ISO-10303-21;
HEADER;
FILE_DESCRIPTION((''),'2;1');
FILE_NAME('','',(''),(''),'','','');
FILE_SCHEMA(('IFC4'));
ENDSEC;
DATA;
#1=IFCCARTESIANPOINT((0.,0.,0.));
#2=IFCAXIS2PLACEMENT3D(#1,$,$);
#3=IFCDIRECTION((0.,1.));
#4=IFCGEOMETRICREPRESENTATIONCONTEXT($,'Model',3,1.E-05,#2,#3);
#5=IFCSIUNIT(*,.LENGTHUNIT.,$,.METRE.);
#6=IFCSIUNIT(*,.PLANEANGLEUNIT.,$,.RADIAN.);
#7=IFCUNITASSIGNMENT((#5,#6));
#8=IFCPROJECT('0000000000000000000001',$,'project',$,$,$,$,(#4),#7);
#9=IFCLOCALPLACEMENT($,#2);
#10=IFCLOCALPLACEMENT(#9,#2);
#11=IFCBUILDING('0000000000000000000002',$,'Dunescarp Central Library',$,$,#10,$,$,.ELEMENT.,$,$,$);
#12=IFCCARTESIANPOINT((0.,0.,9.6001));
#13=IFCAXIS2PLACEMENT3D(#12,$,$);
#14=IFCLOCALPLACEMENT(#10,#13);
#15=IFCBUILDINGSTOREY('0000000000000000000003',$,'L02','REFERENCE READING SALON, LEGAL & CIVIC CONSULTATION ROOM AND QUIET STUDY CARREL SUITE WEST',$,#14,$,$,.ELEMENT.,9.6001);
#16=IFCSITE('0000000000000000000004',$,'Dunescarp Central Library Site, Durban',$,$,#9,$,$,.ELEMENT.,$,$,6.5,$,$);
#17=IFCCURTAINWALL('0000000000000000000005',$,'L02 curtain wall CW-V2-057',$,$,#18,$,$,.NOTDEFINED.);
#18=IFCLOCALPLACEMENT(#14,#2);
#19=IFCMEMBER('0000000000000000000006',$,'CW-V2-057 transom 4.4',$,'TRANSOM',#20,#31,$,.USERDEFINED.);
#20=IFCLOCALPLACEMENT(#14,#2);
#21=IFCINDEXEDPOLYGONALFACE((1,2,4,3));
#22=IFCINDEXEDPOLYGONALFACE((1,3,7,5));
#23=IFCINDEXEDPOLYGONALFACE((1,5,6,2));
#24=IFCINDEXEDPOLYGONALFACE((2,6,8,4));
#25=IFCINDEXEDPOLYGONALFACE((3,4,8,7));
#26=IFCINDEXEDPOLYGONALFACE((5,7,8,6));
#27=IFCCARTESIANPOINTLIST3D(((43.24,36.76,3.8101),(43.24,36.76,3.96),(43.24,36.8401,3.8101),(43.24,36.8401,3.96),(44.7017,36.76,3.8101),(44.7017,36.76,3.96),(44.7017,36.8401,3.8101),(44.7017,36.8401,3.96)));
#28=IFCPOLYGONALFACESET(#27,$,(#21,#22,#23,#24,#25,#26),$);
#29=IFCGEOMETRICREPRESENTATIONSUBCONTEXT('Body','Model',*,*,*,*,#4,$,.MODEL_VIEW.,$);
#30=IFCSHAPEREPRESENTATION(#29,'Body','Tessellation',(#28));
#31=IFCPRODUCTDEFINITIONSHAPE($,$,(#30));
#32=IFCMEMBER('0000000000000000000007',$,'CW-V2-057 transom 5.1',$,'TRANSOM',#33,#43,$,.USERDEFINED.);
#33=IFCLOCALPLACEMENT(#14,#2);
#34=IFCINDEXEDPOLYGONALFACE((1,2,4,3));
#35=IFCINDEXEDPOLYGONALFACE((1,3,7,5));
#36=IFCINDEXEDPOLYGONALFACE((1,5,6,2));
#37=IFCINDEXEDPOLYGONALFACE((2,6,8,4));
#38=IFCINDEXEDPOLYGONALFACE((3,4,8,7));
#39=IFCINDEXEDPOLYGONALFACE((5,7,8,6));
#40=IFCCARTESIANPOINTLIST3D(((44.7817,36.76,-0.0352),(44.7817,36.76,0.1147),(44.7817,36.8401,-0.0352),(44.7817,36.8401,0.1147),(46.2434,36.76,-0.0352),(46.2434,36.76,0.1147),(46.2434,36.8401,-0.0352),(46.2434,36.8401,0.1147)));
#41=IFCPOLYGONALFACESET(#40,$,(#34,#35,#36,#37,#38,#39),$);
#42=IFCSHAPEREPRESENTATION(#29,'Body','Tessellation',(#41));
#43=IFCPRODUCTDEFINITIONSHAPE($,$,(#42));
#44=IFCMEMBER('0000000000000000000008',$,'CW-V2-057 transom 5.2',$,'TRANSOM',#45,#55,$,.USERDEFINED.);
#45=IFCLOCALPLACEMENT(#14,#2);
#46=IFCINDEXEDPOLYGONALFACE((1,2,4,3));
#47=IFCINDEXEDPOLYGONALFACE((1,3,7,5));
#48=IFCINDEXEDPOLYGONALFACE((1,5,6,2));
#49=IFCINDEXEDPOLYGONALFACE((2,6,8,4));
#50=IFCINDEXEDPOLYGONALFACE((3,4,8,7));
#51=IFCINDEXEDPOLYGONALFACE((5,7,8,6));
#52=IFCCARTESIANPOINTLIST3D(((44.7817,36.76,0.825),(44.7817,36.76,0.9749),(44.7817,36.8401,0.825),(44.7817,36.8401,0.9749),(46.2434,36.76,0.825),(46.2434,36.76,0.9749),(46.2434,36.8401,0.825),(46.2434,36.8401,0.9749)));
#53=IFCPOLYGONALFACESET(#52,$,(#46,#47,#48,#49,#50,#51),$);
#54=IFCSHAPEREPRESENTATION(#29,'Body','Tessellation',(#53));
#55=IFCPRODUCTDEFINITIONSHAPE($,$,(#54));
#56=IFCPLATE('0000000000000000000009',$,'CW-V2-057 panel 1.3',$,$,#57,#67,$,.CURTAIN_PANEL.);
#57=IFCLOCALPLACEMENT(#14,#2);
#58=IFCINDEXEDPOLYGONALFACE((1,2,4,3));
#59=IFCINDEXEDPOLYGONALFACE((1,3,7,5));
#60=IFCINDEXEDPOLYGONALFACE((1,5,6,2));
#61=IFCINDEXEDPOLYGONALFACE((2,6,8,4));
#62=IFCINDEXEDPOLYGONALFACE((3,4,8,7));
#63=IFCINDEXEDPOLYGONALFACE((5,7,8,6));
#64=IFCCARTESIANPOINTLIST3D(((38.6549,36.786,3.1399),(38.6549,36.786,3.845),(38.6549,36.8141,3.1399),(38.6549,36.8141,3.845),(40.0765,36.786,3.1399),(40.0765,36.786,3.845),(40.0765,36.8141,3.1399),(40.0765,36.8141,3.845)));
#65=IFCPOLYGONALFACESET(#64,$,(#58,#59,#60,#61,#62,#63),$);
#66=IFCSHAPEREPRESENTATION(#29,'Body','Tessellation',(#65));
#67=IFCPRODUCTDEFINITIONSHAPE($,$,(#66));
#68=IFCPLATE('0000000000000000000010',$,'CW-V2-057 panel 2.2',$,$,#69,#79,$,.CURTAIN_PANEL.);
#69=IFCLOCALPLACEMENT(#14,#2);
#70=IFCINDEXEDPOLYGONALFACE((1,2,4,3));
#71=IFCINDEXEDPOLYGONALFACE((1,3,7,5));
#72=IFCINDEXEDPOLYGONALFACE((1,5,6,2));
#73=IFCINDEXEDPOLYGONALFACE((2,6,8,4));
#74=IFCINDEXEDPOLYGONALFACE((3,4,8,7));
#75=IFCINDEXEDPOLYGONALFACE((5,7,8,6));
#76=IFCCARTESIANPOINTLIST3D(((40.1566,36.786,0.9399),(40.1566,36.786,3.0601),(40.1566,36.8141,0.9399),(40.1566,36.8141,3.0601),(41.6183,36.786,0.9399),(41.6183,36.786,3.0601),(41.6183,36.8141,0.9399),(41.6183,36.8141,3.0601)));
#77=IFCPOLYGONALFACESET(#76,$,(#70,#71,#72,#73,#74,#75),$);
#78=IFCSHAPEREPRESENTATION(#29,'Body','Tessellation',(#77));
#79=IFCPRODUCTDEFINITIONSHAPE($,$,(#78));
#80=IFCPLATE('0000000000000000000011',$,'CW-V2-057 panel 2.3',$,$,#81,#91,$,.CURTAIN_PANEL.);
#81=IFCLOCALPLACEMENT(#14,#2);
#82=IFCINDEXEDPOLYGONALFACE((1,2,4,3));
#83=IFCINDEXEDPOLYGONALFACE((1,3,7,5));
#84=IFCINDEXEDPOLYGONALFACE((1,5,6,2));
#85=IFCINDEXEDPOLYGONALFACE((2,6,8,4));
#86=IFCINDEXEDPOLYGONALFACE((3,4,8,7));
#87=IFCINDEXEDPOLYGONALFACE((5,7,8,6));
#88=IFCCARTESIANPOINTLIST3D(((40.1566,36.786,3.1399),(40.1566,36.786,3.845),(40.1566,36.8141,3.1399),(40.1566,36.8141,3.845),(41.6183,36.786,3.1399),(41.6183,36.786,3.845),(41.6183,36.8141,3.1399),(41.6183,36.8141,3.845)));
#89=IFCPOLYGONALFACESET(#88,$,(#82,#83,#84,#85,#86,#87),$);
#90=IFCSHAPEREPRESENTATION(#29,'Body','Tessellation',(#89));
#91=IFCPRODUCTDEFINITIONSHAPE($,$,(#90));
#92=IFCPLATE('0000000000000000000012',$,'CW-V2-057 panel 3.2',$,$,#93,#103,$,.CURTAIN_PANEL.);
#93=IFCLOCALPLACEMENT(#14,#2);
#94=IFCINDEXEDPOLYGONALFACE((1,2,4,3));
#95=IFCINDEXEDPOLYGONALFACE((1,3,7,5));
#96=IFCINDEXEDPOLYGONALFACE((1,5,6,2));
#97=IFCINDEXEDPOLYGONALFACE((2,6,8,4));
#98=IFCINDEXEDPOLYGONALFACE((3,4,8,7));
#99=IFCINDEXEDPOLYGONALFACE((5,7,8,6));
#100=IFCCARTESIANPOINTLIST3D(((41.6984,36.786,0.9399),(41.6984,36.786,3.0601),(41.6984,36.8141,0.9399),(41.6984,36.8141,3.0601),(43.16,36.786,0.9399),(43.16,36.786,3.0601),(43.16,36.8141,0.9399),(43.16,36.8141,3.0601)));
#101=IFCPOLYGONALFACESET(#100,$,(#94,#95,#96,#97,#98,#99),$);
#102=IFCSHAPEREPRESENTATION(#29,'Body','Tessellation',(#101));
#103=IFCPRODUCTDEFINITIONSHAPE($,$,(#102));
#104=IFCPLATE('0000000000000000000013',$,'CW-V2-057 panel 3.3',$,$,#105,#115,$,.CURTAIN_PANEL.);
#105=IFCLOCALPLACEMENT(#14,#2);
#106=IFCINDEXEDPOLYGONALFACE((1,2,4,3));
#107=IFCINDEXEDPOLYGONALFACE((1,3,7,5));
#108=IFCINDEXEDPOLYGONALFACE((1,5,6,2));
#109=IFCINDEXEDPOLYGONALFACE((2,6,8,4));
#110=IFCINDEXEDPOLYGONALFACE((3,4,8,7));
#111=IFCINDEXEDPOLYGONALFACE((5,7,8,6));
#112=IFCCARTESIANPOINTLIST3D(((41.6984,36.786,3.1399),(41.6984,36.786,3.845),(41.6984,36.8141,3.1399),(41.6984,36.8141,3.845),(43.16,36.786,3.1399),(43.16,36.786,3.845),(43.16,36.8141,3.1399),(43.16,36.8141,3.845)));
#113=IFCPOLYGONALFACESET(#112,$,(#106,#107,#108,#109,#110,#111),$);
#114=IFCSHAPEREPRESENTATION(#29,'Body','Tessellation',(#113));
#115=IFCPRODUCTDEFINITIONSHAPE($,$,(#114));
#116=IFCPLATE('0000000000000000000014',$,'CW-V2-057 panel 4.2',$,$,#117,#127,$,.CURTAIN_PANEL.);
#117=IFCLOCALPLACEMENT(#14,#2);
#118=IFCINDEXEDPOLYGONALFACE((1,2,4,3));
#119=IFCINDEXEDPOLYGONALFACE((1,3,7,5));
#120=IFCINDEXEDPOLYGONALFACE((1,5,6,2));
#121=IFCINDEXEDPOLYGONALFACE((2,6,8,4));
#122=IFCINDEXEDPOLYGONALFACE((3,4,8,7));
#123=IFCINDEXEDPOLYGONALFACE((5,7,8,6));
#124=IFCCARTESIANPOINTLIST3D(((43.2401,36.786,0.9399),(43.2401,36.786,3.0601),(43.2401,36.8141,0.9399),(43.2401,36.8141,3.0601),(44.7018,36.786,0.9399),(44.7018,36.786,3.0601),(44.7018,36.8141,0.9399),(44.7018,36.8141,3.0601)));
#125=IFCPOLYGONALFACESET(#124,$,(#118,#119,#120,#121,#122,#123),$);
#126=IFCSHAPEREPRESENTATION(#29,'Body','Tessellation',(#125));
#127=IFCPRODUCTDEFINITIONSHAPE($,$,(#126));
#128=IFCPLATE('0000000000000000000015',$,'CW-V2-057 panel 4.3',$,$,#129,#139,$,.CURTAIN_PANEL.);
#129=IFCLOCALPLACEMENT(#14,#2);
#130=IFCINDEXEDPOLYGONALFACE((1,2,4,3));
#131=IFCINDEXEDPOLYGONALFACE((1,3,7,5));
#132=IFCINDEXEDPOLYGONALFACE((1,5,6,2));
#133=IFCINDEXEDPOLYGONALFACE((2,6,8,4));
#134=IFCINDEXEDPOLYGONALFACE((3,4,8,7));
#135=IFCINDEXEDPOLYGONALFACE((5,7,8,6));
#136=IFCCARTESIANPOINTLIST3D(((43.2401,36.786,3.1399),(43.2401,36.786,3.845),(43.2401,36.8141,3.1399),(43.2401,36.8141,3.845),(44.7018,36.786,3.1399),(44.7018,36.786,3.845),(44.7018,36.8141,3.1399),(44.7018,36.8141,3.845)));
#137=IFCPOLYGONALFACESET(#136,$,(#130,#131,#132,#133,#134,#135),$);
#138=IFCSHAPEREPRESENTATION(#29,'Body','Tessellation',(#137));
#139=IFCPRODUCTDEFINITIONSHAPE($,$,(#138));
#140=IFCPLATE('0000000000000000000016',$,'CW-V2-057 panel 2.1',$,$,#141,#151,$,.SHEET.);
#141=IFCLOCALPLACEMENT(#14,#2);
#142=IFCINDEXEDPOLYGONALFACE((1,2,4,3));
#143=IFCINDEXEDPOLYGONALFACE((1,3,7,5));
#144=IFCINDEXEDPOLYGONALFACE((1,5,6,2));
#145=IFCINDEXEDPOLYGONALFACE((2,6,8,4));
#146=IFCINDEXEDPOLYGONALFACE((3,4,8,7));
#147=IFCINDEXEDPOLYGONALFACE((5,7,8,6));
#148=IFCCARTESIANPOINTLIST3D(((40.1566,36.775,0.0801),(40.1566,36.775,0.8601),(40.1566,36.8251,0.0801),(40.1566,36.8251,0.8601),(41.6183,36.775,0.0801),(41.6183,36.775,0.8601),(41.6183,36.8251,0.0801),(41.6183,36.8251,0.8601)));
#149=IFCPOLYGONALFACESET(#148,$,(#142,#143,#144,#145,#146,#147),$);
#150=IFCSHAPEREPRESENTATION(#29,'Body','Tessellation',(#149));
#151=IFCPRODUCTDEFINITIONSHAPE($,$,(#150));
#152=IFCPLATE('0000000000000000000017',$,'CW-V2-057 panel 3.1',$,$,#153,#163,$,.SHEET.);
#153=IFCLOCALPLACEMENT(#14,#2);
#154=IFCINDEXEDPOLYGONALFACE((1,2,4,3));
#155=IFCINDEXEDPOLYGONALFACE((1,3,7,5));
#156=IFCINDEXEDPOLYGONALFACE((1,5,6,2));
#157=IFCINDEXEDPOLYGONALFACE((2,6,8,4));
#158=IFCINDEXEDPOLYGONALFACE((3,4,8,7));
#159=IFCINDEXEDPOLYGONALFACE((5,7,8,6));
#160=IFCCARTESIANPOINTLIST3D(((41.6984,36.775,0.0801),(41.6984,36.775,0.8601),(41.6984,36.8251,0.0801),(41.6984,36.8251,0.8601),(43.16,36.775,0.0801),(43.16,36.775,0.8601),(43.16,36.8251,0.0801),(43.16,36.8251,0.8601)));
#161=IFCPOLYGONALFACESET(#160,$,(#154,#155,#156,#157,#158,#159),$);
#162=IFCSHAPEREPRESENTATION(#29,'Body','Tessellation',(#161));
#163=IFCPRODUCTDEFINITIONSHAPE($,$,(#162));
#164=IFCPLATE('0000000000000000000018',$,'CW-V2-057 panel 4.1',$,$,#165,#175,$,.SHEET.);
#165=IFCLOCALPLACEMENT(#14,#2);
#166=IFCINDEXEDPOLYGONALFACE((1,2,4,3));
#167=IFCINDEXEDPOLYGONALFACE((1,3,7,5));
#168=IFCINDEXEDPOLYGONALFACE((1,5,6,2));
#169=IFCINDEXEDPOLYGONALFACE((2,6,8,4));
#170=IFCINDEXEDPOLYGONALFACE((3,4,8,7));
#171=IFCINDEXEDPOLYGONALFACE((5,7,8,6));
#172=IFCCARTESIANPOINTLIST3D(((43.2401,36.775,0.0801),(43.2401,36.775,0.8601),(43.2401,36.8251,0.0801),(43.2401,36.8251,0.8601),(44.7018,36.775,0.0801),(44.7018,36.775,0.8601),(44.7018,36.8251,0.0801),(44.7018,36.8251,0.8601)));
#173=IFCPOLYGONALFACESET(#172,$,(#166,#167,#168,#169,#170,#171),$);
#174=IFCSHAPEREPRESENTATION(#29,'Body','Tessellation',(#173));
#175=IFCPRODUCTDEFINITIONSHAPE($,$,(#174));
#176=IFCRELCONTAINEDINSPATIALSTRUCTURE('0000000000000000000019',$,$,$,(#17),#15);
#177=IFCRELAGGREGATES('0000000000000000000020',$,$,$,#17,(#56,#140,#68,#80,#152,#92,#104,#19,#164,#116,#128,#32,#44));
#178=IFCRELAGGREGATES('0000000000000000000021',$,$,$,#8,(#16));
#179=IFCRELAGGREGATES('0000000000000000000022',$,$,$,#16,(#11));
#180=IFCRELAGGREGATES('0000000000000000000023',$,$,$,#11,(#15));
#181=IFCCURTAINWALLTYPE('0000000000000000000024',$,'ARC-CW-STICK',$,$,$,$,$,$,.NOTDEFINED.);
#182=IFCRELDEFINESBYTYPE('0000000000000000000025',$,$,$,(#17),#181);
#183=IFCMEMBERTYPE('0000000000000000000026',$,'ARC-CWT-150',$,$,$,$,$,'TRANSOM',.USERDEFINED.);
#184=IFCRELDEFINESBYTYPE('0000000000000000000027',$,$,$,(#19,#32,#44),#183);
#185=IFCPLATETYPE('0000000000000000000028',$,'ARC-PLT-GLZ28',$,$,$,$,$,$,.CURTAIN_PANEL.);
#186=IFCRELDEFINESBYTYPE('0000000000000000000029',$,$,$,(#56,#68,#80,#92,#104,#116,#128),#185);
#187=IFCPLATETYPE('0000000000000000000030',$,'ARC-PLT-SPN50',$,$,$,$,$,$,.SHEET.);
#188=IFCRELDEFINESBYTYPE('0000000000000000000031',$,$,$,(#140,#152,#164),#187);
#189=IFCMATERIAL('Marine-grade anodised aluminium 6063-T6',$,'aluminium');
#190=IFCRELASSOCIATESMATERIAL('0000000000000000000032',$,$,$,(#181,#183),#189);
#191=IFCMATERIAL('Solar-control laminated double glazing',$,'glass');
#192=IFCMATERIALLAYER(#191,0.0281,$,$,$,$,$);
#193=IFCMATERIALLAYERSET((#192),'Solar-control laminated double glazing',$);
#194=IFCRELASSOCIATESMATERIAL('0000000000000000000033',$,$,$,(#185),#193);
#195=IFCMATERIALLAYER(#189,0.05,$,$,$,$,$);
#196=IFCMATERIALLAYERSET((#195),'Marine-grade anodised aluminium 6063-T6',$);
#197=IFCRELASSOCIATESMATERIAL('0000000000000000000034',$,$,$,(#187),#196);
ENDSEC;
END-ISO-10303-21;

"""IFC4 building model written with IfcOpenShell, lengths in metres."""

from ifc_helpers import new_model, si_unit, direction, frame, origin, origin_2d, place, context, subcontext, project, spatial, rectangle, extrude, material, layer, layer_set, material_profile, profile_set, type_object, element, aggregate, save


model = new_model("IFC4")

# Units and contexts
model_context = context("Model", 3, precision=1e-05, world=origin(), true_north=direction((0.0, 1.0)))
body_context = subcontext(model_context, "Body", "Model", "MODEL_VIEW")
ifc_project = project(units=[si_unit("LENGTHUNIT", "METRE"), si_unit("PLANEANGLEUNIT", "RADIAN")], contexts=[model_context])

# Site, building, storey
site_placement = place(None, origin())
site = spatial("IfcSite", under=ifc_project, at=site_placement, Name="Dunescarp Central Library Site, Durban", CompositionType="ELEMENT", RefElevation=6.5)
building_placement = place(site_placement, origin())
building = spatial("IfcBuilding", under=site, at=building_placement, Name="Dunescarp Central Library", CompositionType="ELEMENT")
storey_placement = place(building_placement, frame((0.0, 0.0, 9.6001)))
storey = spatial("IfcBuildingStorey", under=building, at=storey_placement, Name="L02", Description="REFERENCE READING SALON, LEGAL & CIVIC CONSULTATION ROOM AND QUIET STUDY CARREL SUITE WEST", CompositionType="ELEMENT", Elevation=9.6001)

# Curtain wall, members, plates
ifc_material_1 = material(Name="Marine-grade anodised aluminium 6063-T6", Category="aluminium")
curtain_wall_type = type_object("IfcCurtainWallType", Name="ARC-CW-STICK", PredefinedType="NOTDEFINED", material=ifc_material_1)
curtain_wall_placement = place(storey_placement, origin())
curtain_wall = element("IfcCurtainWall", 1, at=curtain_wall_placement, inside=storey, type_object=curtain_wall_type, Name="L02 curtain wall CW-V2-057", PredefinedType="NOTDEFINED")
ifc_material_profile_1 = material_profile(ifc_material_1, rectangle(XDim=0.0801, YDim=0.1499, at=origin_2d()), Name="AL 80x150")
ifc_profile_set_1 = profile_set([ifc_material_profile_1], Name="Marine-grade anodised aluminium 6063-T6")
member_type_1 = type_object("IfcMemberType", Name="ARC-CWT-150", ElementType="TRANSOM", PredefinedType="USERDEFINED", material=ifc_profile_set_1)
member_1_placement = place(storey_placement, frame((43.24, 36.8, 3.885), z_axis=(1.0, 0.0, 0.0), x_axis=(0.0, 1.0, 0.0)))
member_1 = element("IfcMember", 2, at=member_1_placement, type_object=member_type_1, Name="CW-V2-057 transom 4.4", ObjectType="TRANSOM", PredefinedType="USERDEFINED", context=body_context, shape_type="SweptSolid", body=[
    extrude(rectangle(XDim=0.0801, YDim=0.1499, at=origin_2d()), origin(), (0.0, 0.0, 1.0), 1.4617),
])
member_2_placement = place(storey_placement, frame((44.7817, 36.8, 0.0398), z_axis=(1.0, 0.0, 0.0), x_axis=(0.0, 1.0, 0.0)))
member_2 = element("IfcMember", 3, at=member_2_placement, type_object=member_type_1, Name="CW-V2-057 transom 5.1", ObjectType="TRANSOM", PredefinedType="USERDEFINED", context=body_context, shape_type="SweptSolid", body=[
    extrude(rectangle(XDim=0.0801, YDim=0.1499, at=origin_2d()), origin(), (0.0, 0.0, 1.0), 1.4617),
])
member_3_placement = place(storey_placement, frame((44.7817, 36.8, 0.8999), z_axis=(1.0, 0.0, 0.0), x_axis=(0.0, 1.0, 0.0)))
member_3 = element("IfcMember", 4, at=member_3_placement, type_object=member_type_1, Name="CW-V2-057 transom 5.2", ObjectType="TRANSOM", PredefinedType="USERDEFINED", context=body_context, shape_type="SweptSolid", body=[
    extrude(rectangle(XDim=0.0801, YDim=0.1499, at=origin_2d()), origin(), (0.0, 0.0, 1.0), 1.4617),
])
ifc_material_2 = material(Name="Solar-control laminated double glazing", Category="glass")
ifc_layer_1 = layer(ifc_material_2, 0.0281)
ifc_layer_set_1 = layer_set([ifc_layer_1], Name="Solar-control laminated double glazing")
plate_type_1 = type_object("IfcPlateType", Name="ARC-PLT-GLZ28", PredefinedType="CURTAIN_PANEL", material=ifc_layer_set_1)
plate_1_placement = place(storey_placement, frame((39.3657, 36.8, 3.1399), z_axis=(0.0, 0.0, 1.0), x_axis=(1.0, 0.0, 0.0)))
plate_1 = element("IfcPlate", 5, at=plate_1_placement, type_object=plate_type_1, Name="CW-V2-057 panel 1.3", PredefinedType="CURTAIN_PANEL", context=body_context, shape_type="SweptSolid", body=[
    extrude(rectangle(XDim=1.4216, YDim=0.0281, at=origin_2d()), origin(), (0.0, 0.0, 1.0), 0.7051),
])
plate_2_placement = place(storey_placement, frame((40.8875, 36.8, 0.9399), z_axis=(0.0, 0.0, 1.0), x_axis=(1.0, 0.0, 0.0)))
plate_2 = element("IfcPlate", 6, at=plate_2_placement, type_object=plate_type_1, Name="CW-V2-057 panel 2.2", PredefinedType="CURTAIN_PANEL", context=body_context, shape_type="SweptSolid", body=[
    extrude(rectangle(XDim=1.4617, YDim=0.0281, at=origin_2d()), origin(), (0.0, 0.0, 1.0), 2.1201),
])
plate_3_placement = place(storey_placement, frame((40.8875, 36.8, 3.1399), z_axis=(0.0, 0.0, 1.0), x_axis=(1.0, 0.0, 0.0)))
plate_3 = element("IfcPlate", 7, at=plate_3_placement, type_object=plate_type_1, Name="CW-V2-057 panel 2.3", PredefinedType="CURTAIN_PANEL", context=body_context, shape_type="SweptSolid", body=[
    extrude(rectangle(XDim=1.4617, YDim=0.0281, at=origin_2d()), origin(), (0.0, 0.0, 1.0), 0.7051),
])
plate_4_placement = place(storey_placement, frame((42.4292, 36.8, 0.9399), z_axis=(0.0, 0.0, 1.0), x_axis=(1.0, 0.0, 0.0)))
plate_4 = element("IfcPlate", 8, at=plate_4_placement, type_object=plate_type_1, Name="CW-V2-057 panel 3.2", PredefinedType="CURTAIN_PANEL", context=body_context, shape_type="SweptSolid", body=[
    extrude(rectangle(XDim=1.4617, YDim=0.0281, at=origin_2d()), origin(), (0.0, 0.0, 1.0), 2.1201),
])
plate_5_placement = place(storey_placement, frame((42.4292, 36.8, 3.1399), z_axis=(0.0, 0.0, 1.0), x_axis=(1.0, 0.0, 0.0)))
plate_5 = element("IfcPlate", 9, at=plate_5_placement, type_object=plate_type_1, Name="CW-V2-057 panel 3.3", PredefinedType="CURTAIN_PANEL", context=body_context, shape_type="SweptSolid", body=[
    extrude(rectangle(XDim=1.4617, YDim=0.0281, at=origin_2d()), origin(), (0.0, 0.0, 1.0), 0.7051),
])
plate_6_placement = place(storey_placement, frame((43.9709, 36.8, 0.9399), z_axis=(0.0, 0.0, 1.0), x_axis=(1.0, 0.0, 0.0)))
plate_6 = element("IfcPlate", 10, at=plate_6_placement, type_object=plate_type_1, Name="CW-V2-057 panel 4.2", PredefinedType="CURTAIN_PANEL", context=body_context, shape_type="SweptSolid", body=[
    extrude(rectangle(XDim=1.4617, YDim=0.0281, at=origin_2d()), origin(), (0.0, 0.0, 1.0), 2.1201),
])
plate_7_placement = place(storey_placement, frame((43.9709, 36.8, 3.1399), z_axis=(0.0, 0.0, 1.0), x_axis=(1.0, 0.0, 0.0)))
plate_7 = element("IfcPlate", 11, at=plate_7_placement, type_object=plate_type_1, Name="CW-V2-057 panel 4.3", PredefinedType="CURTAIN_PANEL", context=body_context, shape_type="SweptSolid", body=[
    extrude(rectangle(XDim=1.4617, YDim=0.0281, at=origin_2d()), origin(), (0.0, 0.0, 1.0), 0.7051),
])
ifc_layer_2 = layer(ifc_material_1, 0.05)
ifc_layer_set_2 = layer_set([ifc_layer_2], Name="Marine-grade anodised aluminium 6063-T6")
plate_type_2 = type_object("IfcPlateType", Name="ARC-PLT-SPN50", PredefinedType="SHEET", material=ifc_layer_set_2)
plate_8_placement = place(storey_placement, frame((40.8875, 36.8, 0.0801), z_axis=(0.0, 0.0, 1.0), x_axis=(1.0, 0.0, 0.0)))
plate_8 = element("IfcPlate", 12, at=plate_8_placement, type_object=plate_type_2, Name="CW-V2-057 panel 2.1", PredefinedType="SHEET", context=body_context, shape_type="SweptSolid", body=[
    extrude(rectangle(XDim=1.4617, YDim=0.05, at=origin_2d()), origin(), (0.0, 0.0, 1.0), 0.78),
])
plate_9_placement = place(storey_placement, frame((42.4292, 36.8, 0.0801), z_axis=(0.0, 0.0, 1.0), x_axis=(1.0, 0.0, 0.0)))
plate_9 = element("IfcPlate", 13, at=plate_9_placement, type_object=plate_type_2, Name="CW-V2-057 panel 3.1", PredefinedType="SHEET", context=body_context, shape_type="SweptSolid", body=[
    extrude(rectangle(XDim=1.4617, YDim=0.05, at=origin_2d()), origin(), (0.0, 0.0, 1.0), 0.78),
])
plate_10_placement = place(storey_placement, frame((43.9709, 36.8, 0.0801), z_axis=(0.0, 0.0, 1.0), x_axis=(1.0, 0.0, 0.0)))
plate_10 = element("IfcPlate", 14, at=plate_10_placement, type_object=plate_type_2, Name="CW-V2-057 panel 4.1", PredefinedType="SHEET", context=body_context, shape_type="SweptSolid", body=[
    extrude(rectangle(XDim=1.4617, YDim=0.05, at=origin_2d()), origin(), (0.0, 0.0, 1.0), 0.78),
])
aggregate(curtain_wall, [plate_1, plate_8, plate_2, plate_3, plate_9, plate_4, plate_5, member_1, plate_10, plate_6, plate_7, member_2, member_3])

save(model, "model.ifc")
